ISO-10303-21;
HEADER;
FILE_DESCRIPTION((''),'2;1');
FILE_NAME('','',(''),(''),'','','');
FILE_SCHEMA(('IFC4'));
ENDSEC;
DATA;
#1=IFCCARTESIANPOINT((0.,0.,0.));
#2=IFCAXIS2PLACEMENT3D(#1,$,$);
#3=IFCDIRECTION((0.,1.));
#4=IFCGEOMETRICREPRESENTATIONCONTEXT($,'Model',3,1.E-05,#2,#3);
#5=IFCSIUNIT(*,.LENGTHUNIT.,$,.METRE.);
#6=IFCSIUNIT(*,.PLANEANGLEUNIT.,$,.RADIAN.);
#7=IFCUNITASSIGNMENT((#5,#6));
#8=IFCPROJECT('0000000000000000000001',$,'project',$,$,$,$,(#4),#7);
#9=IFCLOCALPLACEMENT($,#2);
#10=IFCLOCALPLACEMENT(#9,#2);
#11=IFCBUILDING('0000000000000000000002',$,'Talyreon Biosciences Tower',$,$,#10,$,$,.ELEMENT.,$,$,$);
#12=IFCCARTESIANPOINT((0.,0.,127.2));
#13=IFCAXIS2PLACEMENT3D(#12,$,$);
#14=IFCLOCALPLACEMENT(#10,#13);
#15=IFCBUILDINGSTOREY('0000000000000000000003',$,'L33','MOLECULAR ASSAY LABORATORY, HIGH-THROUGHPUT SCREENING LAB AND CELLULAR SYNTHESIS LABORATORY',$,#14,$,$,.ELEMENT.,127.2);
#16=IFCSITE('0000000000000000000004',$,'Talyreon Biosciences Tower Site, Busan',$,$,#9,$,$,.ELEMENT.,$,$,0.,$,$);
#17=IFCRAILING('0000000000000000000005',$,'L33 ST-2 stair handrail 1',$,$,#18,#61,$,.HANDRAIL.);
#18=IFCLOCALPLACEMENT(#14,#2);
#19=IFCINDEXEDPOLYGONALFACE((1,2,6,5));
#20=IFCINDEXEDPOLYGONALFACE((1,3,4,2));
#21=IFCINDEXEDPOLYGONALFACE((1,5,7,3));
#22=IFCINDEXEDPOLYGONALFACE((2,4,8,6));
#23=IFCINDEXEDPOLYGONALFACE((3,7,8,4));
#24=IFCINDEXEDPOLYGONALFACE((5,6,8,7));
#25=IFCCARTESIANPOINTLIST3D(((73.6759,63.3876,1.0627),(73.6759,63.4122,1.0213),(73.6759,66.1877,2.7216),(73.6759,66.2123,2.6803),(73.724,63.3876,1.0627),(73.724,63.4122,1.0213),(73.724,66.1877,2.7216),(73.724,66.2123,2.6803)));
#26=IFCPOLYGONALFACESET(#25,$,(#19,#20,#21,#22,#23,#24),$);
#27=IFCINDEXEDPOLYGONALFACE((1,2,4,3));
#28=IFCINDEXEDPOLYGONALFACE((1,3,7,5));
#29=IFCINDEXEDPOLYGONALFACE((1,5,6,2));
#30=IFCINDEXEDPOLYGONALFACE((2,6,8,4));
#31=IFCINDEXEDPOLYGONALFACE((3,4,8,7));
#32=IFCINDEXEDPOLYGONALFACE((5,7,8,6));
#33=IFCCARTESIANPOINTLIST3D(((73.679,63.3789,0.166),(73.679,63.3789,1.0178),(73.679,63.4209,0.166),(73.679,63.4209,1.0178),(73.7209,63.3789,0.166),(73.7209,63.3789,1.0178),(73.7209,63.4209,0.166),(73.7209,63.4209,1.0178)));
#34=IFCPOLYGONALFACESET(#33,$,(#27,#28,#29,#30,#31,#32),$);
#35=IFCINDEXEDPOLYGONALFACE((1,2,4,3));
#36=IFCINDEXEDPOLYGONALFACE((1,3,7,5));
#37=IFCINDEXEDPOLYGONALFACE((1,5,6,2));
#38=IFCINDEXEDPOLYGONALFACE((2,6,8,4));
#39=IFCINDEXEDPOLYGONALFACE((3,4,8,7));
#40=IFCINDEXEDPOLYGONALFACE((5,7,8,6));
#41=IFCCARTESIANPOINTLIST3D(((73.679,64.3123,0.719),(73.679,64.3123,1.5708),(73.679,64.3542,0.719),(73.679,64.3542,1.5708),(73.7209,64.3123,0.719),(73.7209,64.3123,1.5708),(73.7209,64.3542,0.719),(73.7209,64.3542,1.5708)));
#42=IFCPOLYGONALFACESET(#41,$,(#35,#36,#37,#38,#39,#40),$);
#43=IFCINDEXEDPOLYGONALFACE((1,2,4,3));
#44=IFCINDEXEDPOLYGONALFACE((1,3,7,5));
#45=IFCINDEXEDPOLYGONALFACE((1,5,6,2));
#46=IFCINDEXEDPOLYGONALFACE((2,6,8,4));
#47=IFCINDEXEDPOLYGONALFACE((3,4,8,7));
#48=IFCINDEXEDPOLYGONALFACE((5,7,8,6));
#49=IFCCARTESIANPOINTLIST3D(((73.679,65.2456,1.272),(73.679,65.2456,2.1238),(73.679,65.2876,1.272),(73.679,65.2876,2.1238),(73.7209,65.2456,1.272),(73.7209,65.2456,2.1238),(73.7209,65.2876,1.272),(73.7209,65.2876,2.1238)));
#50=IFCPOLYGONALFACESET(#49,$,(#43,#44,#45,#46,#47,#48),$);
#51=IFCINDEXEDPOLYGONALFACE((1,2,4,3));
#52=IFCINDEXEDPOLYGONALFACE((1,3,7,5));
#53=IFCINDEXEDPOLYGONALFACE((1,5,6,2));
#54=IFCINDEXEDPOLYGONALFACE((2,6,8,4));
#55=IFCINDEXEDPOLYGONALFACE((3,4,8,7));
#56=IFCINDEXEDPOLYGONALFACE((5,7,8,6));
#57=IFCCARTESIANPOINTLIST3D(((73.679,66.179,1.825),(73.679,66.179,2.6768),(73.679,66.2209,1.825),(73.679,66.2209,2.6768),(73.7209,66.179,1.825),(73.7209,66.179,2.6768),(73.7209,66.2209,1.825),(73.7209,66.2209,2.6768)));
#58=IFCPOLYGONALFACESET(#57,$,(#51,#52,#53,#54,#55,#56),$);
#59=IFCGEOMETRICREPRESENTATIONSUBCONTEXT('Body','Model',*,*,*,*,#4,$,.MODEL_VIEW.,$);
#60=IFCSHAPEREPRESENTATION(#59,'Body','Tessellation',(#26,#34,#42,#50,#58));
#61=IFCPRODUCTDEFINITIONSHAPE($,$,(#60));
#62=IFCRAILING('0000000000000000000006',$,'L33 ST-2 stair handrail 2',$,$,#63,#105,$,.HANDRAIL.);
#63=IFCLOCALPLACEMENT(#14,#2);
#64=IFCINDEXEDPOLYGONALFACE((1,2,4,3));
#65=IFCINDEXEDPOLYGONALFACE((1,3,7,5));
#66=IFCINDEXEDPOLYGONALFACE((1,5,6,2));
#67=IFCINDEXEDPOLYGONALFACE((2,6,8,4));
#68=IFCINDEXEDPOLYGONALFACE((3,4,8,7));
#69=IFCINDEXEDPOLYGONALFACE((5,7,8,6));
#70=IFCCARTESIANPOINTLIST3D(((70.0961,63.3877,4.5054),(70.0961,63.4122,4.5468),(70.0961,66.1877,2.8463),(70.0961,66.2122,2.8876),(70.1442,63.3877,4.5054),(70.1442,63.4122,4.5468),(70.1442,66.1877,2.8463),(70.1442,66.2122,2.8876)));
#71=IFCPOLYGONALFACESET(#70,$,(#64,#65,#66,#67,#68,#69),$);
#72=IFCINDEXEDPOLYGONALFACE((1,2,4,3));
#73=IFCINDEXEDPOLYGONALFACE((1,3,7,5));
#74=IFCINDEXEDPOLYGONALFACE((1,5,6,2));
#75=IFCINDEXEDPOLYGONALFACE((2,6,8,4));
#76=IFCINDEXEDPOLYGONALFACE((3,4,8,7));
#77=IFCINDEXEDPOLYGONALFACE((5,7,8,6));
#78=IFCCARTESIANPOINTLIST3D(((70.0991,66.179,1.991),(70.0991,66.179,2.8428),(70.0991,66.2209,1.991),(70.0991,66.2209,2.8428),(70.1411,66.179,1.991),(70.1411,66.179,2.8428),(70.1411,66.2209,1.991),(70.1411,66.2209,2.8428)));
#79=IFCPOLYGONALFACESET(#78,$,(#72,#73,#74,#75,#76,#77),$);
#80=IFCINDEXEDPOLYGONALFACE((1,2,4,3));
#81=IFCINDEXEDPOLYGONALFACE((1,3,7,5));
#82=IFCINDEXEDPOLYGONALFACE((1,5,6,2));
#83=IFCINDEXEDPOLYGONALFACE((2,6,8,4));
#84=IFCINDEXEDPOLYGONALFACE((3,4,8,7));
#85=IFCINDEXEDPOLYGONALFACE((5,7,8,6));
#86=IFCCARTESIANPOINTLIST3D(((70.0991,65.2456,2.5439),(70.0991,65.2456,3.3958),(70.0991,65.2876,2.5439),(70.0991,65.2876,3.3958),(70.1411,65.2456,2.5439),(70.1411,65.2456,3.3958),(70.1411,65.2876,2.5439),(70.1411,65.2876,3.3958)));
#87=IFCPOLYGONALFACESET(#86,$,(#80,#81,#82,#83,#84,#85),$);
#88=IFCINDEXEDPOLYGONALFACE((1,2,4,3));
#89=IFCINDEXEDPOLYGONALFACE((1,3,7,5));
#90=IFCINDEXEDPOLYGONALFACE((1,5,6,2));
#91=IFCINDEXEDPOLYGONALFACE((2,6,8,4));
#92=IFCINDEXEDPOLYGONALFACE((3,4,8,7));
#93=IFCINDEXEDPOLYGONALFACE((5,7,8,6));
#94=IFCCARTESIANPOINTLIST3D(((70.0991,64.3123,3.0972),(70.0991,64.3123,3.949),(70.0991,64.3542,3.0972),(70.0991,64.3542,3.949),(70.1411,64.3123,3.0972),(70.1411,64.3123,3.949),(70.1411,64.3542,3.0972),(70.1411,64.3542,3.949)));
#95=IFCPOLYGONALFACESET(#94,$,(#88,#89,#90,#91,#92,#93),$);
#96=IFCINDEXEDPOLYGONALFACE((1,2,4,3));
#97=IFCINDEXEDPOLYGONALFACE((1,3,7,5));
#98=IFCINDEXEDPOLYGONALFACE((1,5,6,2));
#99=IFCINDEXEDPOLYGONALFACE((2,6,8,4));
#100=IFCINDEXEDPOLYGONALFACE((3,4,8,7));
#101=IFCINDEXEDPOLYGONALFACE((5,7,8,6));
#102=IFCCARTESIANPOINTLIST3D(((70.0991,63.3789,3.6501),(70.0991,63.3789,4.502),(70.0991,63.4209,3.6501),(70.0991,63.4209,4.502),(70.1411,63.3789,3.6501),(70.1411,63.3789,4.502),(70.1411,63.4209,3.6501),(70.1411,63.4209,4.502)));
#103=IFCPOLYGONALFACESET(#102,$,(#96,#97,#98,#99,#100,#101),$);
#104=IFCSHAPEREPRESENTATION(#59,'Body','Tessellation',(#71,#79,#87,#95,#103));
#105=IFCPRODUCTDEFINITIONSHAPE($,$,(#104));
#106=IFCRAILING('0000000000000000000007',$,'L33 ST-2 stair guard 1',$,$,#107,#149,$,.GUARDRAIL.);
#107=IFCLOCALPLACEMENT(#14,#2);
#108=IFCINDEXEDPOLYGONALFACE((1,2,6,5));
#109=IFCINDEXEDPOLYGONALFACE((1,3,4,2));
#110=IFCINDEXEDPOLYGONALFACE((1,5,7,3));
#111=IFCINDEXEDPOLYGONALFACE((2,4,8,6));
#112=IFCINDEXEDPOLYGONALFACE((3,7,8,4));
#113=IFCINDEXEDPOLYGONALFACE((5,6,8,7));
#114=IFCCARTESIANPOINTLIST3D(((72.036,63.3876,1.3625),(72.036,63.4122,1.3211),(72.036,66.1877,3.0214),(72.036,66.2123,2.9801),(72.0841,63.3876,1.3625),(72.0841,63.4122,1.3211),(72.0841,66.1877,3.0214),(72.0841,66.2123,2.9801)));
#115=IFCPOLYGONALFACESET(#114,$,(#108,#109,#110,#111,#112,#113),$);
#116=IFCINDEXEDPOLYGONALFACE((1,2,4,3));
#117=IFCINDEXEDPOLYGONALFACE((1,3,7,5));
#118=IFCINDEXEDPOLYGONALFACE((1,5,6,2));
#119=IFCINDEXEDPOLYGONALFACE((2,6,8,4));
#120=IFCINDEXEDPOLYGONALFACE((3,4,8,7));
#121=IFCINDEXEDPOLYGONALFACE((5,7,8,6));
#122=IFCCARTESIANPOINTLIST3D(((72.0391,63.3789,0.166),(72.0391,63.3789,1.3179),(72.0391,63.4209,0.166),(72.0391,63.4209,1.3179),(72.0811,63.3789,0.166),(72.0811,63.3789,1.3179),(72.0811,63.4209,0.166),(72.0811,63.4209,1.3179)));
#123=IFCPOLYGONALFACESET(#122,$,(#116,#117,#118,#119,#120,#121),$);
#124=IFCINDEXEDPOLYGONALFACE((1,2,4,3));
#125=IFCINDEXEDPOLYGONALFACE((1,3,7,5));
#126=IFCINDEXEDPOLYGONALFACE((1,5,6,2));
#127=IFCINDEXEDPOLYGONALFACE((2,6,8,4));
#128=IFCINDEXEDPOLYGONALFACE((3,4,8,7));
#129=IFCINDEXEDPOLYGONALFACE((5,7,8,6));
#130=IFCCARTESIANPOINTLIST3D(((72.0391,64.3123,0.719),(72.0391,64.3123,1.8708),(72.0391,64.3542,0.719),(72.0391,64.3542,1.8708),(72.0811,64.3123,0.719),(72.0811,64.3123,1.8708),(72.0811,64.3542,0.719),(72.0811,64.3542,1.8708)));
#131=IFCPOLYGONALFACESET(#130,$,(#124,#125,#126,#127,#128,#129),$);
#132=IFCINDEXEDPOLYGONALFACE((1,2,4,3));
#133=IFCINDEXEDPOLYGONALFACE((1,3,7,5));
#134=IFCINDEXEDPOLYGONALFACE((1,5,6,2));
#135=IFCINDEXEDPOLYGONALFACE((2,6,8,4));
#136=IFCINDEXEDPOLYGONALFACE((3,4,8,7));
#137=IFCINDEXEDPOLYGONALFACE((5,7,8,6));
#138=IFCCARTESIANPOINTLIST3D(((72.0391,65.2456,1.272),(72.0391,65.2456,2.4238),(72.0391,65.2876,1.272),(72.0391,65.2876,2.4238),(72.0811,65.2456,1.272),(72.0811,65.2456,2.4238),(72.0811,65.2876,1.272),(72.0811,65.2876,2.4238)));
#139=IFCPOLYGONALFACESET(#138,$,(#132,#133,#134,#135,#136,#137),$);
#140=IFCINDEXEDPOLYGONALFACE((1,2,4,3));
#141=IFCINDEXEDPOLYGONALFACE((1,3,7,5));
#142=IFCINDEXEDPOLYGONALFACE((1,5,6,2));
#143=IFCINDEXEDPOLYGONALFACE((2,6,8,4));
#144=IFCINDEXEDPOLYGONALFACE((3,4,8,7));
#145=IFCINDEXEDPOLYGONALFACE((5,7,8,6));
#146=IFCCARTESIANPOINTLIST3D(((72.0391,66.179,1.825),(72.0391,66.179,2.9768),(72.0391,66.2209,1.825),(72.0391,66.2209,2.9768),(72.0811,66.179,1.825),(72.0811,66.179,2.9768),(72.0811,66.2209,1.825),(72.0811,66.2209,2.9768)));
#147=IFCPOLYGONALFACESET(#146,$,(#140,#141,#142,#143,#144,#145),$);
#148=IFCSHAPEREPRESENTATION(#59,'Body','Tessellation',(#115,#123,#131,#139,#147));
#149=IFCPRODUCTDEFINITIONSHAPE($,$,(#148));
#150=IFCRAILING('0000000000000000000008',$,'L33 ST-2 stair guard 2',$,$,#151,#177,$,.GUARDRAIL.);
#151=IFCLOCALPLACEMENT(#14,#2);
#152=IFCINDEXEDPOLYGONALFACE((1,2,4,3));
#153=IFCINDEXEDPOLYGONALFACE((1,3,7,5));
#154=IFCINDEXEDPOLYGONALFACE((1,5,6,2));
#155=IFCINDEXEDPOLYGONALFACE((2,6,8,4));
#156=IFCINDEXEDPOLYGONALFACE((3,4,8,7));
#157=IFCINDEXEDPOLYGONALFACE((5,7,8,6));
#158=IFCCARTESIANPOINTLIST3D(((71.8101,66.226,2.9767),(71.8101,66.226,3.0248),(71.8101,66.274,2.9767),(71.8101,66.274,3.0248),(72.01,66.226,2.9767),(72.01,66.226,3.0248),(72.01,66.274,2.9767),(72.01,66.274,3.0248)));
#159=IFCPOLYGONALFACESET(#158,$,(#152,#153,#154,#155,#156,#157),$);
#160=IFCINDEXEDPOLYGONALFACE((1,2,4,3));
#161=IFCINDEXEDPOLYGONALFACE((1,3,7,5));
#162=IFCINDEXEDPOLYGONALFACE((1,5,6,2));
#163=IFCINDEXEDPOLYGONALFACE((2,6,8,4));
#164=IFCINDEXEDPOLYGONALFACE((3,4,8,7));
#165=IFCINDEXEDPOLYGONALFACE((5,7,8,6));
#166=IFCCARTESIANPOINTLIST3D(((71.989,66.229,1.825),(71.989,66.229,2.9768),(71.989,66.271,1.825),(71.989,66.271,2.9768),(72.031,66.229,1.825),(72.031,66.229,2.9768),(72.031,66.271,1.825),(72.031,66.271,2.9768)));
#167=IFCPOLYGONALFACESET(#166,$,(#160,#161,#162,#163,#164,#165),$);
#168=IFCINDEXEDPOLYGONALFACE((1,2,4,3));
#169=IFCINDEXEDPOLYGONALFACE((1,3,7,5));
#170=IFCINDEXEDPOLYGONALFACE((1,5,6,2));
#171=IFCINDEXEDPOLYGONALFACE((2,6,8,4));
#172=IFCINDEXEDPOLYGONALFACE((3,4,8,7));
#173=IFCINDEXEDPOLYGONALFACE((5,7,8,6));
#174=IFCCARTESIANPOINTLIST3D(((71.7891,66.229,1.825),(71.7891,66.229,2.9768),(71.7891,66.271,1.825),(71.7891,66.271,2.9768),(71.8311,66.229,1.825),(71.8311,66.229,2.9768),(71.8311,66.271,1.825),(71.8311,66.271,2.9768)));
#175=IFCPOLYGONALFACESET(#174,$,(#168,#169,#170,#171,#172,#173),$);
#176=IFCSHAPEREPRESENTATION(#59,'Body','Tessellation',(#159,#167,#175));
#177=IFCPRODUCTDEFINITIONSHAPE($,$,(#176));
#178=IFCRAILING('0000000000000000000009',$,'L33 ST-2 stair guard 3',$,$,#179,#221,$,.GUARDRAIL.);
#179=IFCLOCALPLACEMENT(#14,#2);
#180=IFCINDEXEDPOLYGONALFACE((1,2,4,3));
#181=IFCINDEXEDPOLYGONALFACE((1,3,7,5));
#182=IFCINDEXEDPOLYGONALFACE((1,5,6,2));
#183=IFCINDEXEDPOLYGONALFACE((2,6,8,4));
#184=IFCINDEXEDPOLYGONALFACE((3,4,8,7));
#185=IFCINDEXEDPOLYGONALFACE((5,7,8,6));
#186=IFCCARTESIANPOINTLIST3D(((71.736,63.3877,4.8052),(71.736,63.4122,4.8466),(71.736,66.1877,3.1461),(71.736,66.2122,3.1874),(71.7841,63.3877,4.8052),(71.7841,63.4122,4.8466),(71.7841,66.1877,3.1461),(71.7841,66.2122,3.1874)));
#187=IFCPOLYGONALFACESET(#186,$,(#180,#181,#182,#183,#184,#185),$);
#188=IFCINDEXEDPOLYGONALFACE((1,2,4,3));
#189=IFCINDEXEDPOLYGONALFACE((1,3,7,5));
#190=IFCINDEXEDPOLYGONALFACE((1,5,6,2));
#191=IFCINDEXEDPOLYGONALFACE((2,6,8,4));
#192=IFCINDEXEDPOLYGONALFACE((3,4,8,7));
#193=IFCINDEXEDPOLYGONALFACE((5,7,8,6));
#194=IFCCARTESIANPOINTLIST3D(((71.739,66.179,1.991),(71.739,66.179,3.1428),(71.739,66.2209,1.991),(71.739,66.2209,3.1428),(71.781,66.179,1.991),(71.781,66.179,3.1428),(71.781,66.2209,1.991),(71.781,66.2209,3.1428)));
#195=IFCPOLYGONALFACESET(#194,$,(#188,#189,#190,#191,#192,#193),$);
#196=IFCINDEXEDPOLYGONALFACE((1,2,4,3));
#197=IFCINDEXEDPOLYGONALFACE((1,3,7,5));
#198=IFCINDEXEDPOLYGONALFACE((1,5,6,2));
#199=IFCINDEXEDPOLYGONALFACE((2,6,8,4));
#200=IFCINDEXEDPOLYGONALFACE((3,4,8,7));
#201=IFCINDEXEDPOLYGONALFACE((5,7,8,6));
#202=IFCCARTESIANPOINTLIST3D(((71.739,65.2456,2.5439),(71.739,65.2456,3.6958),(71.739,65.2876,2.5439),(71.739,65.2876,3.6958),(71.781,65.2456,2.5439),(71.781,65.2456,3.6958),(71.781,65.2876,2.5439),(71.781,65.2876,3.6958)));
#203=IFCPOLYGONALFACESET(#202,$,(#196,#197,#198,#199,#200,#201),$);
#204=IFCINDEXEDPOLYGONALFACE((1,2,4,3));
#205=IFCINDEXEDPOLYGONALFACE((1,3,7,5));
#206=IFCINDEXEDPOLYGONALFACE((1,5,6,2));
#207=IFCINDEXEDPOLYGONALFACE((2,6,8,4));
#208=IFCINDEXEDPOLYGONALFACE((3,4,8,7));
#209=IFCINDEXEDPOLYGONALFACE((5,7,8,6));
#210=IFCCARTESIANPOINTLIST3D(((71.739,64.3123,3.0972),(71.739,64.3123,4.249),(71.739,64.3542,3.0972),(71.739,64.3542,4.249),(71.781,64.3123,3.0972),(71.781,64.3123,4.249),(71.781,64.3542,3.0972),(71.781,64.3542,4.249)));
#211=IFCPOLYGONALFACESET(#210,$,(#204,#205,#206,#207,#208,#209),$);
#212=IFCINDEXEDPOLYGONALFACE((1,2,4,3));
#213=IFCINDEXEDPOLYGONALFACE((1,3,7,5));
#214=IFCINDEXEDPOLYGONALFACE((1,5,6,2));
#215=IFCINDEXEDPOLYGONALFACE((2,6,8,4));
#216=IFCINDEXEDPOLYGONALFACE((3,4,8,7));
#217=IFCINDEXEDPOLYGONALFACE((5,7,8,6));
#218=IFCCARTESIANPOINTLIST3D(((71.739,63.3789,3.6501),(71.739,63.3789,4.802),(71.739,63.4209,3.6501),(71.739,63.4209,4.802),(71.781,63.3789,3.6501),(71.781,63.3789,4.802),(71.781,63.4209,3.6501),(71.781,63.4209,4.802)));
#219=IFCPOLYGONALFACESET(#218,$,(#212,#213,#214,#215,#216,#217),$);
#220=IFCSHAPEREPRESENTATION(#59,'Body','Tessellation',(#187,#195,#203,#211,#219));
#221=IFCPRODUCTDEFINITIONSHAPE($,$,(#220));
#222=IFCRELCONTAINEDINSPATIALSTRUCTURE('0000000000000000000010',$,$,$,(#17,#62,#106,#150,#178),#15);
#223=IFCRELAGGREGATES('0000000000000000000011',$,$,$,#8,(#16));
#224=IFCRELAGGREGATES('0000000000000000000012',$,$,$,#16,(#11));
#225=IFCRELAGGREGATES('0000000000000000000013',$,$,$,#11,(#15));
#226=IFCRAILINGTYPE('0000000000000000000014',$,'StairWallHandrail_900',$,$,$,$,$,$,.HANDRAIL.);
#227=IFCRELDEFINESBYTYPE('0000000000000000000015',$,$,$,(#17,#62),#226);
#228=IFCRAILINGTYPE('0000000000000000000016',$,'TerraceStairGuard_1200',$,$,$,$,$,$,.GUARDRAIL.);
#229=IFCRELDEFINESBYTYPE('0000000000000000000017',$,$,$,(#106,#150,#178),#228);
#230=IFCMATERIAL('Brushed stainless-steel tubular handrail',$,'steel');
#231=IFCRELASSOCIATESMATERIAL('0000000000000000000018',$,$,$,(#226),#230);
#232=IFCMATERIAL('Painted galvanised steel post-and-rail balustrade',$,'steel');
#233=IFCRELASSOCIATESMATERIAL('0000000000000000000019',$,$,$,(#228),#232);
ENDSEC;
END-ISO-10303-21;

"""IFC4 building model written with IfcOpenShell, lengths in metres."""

from ifc_helpers import new_model, si_unit, direction, frame, origin, origin_2d, place, context, subcontext, project, spatial, rectangle, extrude, material, type_object, element, save


model = new_model("IFC4")

# Units and contexts
model_context = context("Model", 3, precision=1e-05, world=origin(), true_north=direction((0.0, 1.0)))
body_context = subcontext(model_context, "Body", "Model", "MODEL_VIEW")
ifc_project = project(units=[si_unit("LENGTHUNIT", "METRE"), si_unit("PLANEANGLEUNIT", "RADIAN")], contexts=[model_context])

# Site, building, storey
site_placement = place(None, origin())
site = spatial("IfcSite", under=ifc_project, at=site_placement, Name="Talyreon Biosciences Tower Site, Busan", CompositionType="ELEMENT", RefElevation=0.0)
building_placement = place(site_placement, origin())
building = spatial("IfcBuilding", under=site, at=building_placement, Name="Talyreon Biosciences Tower", CompositionType="ELEMENT")
storey_placement = place(building_placement, frame((0.0, 0.0, 127.2)))
storey = spatial("IfcBuildingStorey", under=building, at=storey_placement, Name="L33", Description="MOLECULAR ASSAY LABORATORY, HIGH-THROUGHPUT SCREENING LAB AND CELLULAR SYNTHESIS LABORATORY", CompositionType="ELEMENT", Elevation=127.2)

# Railings
ifc_material_1 = material(Name="Brushed stainless-steel tubular handrail", Category="steel")
railing_type_1 = type_object("IfcRailingType", Name="StairWallHandrail_900", PredefinedType="HANDRAIL", material=ifc_material_1)
railing_1_placement = place(storey_placement, frame((73.7, 63.3999, 0.166)))
element("IfcRailing", 1, at=railing_1_placement, inside=storey, type_object=railing_type_1, Name="L33 ST-2 stair handrail 1", PredefinedType="HANDRAIL", context=body_context, shape_type="SweptSolid", body=[
    extrude(rectangle(XDim=0.0481, YDim=0.0481, at=origin_2d()), frame((0.0, 0.0, 0.876), z_axis=(0.0, 0.860339, 0.509722), x_axis=(-1.0, 0.0, 0.0)), (0.0, 0.0, 1.0), 3.2546),
    extrude(rectangle(XDim=0.042, YDim=0.042, at=origin_2d()), origin(), (0.0, 0.0, 1.0), 0.8518),
    extrude(rectangle(XDim=0.042, YDim=0.042, at=origin_2d()), frame((0.0, 0.9333, 0.553)), (0.0, 0.0, 1.0), 0.8518),
    extrude(rectangle(XDim=0.042, YDim=0.042, at=origin_2d()), frame((0.0, 1.8667, 1.106)), (0.0, 0.0, 1.0), 0.8518),
    extrude(rectangle(XDim=0.042, YDim=0.042, at=origin_2d()), frame((0.0, 2.8, 1.6589)), (0.0, 0.0, 1.0), 0.8518),
])
railing_2_placement = place(storey_placement, frame((70.1201, 66.2, 1.991)))
element("IfcRailing", 2, at=railing_2_placement, inside=storey, type_object=railing_type_1, Name="L33 ST-2 stair handrail 2", PredefinedType="HANDRAIL", context=body_context, shape_type="SweptSolid", body=[
    extrude(rectangle(XDim=0.0481, YDim=0.0481, at=origin_2d()), frame((0.0, 0.0, 0.876), z_axis=(0.0, -0.860306, 0.509778), x_axis=(1.0, 0.0, 0.0)), (0.0, 0.0, 1.0), 3.2546),
    extrude(rectangle(XDim=0.042, YDim=0.042, at=origin_2d()), origin(), (0.0, 0.0, 1.0), 0.8518),
    extrude(rectangle(XDim=0.042, YDim=0.042, at=origin_2d()), frame((0.0, -0.9333, 0.553)), (0.0, 0.0, 1.0), 0.8518),
    extrude(rectangle(XDim=0.042, YDim=0.042, at=origin_2d()), frame((0.0, -1.8667, 1.1062)), (0.0, 0.0, 1.0), 0.8518),
    extrude(rectangle(XDim=0.042, YDim=0.042, at=origin_2d()), frame((0.0, -2.8, 1.6592)), (0.0, 0.0, 1.0), 0.8518),
])
ifc_material_2 = material(Name="Painted galvanised steel post-and-rail balustrade", Category="steel")
railing_type_2 = type_object("IfcRailingType", Name="TerraceStairGuard_1200", PredefinedType="GUARDRAIL", material=ifc_material_2)
railing_3_placement = place(storey_placement, frame((72.0601, 63.3999, 0.166)))
element("IfcRailing", 3, at=railing_3_placement, inside=storey, type_object=railing_type_2, Name="L33 ST-2 stair guard 1", PredefinedType="GUARDRAIL", context=body_context, shape_type="SweptSolid", body=[
    extrude(rectangle(XDim=0.0481, YDim=0.0481, at=origin_2d()), frame((0.0, 0.0, 1.1758), z_axis=(0.0, 0.860339, 0.509722), x_axis=(-1.0, 0.0, 0.0)), (0.0, 0.0, 1.0), 3.2546),
    extrude(rectangle(XDim=0.042, YDim=0.042, at=origin_2d()), origin(), (0.0, 0.0, 1.0), 1.1519),
    extrude(rectangle(XDim=0.042, YDim=0.042, at=origin_2d()), frame((0.0, 0.9333, 0.553)), (0.0, 0.0, 1.0), 1.1519),
    extrude(rectangle(XDim=0.042, YDim=0.042, at=origin_2d()), frame((0.0, 1.8667, 1.106)), (0.0, 0.0, 1.0), 1.1519),
    extrude(rectangle(XDim=0.042, YDim=0.042, at=origin_2d()), frame((0.0, 2.8, 1.6589)), (0.0, 0.0, 1.0), 1.1519),
])
railing_4_placement = place(storey_placement, frame((72.01, 66.25, 1.825)))
element("IfcRailing", 4, at=railing_4_placement, inside=storey, type_object=railing_type_2, Name="L33 ST-2 stair guard 2", PredefinedType="GUARDRAIL", context=body_context, shape_type="SweptSolid", body=[
    extrude(rectangle(XDim=0.0481, YDim=0.0481, at=origin_2d()), frame((0.0, 0.0, 1.1758), z_axis=(-1.0, 0.0, 0.0), x_axis=(0.0, -1.0, 0.0)), (0.0, 0.0, 1.0), 0.2),
    extrude(rectangle(XDim=0.042, YDim=0.042, at=origin_2d()), origin(), (0.0, 0.0, 1.0), 1.1519),
    extrude(rectangle(XDim=0.042, YDim=0.042, at=origin_2d()), frame((-0.2, 0.0, 0.0)), (0.0, 0.0, 1.0), 1.1519),
])
railing_5_placement = place(storey_placement, frame((71.76, 66.2, 1.991)))
element("IfcRailing", 5, at=railing_5_placement, inside=storey, type_object=railing_type_2, Name="L33 ST-2 stair guard 3", PredefinedType="GUARDRAIL", context=body_context, shape_type="SweptSolid", body=[
    extrude(rectangle(XDim=0.0481, YDim=0.0481, at=origin_2d()), frame((0.0, 0.0, 1.1758), z_axis=(0.0, -0.860306, 0.509778), x_axis=(1.0, 0.0, 0.0)), (0.0, 0.0, 1.0), 3.2546),
    extrude(rectangle(XDim=0.042, YDim=0.042, at=origin_2d()), origin(), (0.0, 0.0, 1.0), 1.1519),
    extrude(rectangle(XDim=0.042, YDim=0.042, at=origin_2d()), frame((0.0, -0.9333, 0.553)), (0.0, 0.0, 1.0), 1.1519),
    extrude(rectangle(XDim=0.042, YDim=0.042, at=origin_2d()), frame((0.0, -1.8667, 1.1062)), (0.0, 0.0, 1.0), 1.1519),
    extrude(rectangle(XDim=0.042, YDim=0.042, at=origin_2d()), frame((0.0, -2.8, 1.6592)), (0.0, 0.0, 1.0), 1.1519),
])

save(model, "model.ifc")
